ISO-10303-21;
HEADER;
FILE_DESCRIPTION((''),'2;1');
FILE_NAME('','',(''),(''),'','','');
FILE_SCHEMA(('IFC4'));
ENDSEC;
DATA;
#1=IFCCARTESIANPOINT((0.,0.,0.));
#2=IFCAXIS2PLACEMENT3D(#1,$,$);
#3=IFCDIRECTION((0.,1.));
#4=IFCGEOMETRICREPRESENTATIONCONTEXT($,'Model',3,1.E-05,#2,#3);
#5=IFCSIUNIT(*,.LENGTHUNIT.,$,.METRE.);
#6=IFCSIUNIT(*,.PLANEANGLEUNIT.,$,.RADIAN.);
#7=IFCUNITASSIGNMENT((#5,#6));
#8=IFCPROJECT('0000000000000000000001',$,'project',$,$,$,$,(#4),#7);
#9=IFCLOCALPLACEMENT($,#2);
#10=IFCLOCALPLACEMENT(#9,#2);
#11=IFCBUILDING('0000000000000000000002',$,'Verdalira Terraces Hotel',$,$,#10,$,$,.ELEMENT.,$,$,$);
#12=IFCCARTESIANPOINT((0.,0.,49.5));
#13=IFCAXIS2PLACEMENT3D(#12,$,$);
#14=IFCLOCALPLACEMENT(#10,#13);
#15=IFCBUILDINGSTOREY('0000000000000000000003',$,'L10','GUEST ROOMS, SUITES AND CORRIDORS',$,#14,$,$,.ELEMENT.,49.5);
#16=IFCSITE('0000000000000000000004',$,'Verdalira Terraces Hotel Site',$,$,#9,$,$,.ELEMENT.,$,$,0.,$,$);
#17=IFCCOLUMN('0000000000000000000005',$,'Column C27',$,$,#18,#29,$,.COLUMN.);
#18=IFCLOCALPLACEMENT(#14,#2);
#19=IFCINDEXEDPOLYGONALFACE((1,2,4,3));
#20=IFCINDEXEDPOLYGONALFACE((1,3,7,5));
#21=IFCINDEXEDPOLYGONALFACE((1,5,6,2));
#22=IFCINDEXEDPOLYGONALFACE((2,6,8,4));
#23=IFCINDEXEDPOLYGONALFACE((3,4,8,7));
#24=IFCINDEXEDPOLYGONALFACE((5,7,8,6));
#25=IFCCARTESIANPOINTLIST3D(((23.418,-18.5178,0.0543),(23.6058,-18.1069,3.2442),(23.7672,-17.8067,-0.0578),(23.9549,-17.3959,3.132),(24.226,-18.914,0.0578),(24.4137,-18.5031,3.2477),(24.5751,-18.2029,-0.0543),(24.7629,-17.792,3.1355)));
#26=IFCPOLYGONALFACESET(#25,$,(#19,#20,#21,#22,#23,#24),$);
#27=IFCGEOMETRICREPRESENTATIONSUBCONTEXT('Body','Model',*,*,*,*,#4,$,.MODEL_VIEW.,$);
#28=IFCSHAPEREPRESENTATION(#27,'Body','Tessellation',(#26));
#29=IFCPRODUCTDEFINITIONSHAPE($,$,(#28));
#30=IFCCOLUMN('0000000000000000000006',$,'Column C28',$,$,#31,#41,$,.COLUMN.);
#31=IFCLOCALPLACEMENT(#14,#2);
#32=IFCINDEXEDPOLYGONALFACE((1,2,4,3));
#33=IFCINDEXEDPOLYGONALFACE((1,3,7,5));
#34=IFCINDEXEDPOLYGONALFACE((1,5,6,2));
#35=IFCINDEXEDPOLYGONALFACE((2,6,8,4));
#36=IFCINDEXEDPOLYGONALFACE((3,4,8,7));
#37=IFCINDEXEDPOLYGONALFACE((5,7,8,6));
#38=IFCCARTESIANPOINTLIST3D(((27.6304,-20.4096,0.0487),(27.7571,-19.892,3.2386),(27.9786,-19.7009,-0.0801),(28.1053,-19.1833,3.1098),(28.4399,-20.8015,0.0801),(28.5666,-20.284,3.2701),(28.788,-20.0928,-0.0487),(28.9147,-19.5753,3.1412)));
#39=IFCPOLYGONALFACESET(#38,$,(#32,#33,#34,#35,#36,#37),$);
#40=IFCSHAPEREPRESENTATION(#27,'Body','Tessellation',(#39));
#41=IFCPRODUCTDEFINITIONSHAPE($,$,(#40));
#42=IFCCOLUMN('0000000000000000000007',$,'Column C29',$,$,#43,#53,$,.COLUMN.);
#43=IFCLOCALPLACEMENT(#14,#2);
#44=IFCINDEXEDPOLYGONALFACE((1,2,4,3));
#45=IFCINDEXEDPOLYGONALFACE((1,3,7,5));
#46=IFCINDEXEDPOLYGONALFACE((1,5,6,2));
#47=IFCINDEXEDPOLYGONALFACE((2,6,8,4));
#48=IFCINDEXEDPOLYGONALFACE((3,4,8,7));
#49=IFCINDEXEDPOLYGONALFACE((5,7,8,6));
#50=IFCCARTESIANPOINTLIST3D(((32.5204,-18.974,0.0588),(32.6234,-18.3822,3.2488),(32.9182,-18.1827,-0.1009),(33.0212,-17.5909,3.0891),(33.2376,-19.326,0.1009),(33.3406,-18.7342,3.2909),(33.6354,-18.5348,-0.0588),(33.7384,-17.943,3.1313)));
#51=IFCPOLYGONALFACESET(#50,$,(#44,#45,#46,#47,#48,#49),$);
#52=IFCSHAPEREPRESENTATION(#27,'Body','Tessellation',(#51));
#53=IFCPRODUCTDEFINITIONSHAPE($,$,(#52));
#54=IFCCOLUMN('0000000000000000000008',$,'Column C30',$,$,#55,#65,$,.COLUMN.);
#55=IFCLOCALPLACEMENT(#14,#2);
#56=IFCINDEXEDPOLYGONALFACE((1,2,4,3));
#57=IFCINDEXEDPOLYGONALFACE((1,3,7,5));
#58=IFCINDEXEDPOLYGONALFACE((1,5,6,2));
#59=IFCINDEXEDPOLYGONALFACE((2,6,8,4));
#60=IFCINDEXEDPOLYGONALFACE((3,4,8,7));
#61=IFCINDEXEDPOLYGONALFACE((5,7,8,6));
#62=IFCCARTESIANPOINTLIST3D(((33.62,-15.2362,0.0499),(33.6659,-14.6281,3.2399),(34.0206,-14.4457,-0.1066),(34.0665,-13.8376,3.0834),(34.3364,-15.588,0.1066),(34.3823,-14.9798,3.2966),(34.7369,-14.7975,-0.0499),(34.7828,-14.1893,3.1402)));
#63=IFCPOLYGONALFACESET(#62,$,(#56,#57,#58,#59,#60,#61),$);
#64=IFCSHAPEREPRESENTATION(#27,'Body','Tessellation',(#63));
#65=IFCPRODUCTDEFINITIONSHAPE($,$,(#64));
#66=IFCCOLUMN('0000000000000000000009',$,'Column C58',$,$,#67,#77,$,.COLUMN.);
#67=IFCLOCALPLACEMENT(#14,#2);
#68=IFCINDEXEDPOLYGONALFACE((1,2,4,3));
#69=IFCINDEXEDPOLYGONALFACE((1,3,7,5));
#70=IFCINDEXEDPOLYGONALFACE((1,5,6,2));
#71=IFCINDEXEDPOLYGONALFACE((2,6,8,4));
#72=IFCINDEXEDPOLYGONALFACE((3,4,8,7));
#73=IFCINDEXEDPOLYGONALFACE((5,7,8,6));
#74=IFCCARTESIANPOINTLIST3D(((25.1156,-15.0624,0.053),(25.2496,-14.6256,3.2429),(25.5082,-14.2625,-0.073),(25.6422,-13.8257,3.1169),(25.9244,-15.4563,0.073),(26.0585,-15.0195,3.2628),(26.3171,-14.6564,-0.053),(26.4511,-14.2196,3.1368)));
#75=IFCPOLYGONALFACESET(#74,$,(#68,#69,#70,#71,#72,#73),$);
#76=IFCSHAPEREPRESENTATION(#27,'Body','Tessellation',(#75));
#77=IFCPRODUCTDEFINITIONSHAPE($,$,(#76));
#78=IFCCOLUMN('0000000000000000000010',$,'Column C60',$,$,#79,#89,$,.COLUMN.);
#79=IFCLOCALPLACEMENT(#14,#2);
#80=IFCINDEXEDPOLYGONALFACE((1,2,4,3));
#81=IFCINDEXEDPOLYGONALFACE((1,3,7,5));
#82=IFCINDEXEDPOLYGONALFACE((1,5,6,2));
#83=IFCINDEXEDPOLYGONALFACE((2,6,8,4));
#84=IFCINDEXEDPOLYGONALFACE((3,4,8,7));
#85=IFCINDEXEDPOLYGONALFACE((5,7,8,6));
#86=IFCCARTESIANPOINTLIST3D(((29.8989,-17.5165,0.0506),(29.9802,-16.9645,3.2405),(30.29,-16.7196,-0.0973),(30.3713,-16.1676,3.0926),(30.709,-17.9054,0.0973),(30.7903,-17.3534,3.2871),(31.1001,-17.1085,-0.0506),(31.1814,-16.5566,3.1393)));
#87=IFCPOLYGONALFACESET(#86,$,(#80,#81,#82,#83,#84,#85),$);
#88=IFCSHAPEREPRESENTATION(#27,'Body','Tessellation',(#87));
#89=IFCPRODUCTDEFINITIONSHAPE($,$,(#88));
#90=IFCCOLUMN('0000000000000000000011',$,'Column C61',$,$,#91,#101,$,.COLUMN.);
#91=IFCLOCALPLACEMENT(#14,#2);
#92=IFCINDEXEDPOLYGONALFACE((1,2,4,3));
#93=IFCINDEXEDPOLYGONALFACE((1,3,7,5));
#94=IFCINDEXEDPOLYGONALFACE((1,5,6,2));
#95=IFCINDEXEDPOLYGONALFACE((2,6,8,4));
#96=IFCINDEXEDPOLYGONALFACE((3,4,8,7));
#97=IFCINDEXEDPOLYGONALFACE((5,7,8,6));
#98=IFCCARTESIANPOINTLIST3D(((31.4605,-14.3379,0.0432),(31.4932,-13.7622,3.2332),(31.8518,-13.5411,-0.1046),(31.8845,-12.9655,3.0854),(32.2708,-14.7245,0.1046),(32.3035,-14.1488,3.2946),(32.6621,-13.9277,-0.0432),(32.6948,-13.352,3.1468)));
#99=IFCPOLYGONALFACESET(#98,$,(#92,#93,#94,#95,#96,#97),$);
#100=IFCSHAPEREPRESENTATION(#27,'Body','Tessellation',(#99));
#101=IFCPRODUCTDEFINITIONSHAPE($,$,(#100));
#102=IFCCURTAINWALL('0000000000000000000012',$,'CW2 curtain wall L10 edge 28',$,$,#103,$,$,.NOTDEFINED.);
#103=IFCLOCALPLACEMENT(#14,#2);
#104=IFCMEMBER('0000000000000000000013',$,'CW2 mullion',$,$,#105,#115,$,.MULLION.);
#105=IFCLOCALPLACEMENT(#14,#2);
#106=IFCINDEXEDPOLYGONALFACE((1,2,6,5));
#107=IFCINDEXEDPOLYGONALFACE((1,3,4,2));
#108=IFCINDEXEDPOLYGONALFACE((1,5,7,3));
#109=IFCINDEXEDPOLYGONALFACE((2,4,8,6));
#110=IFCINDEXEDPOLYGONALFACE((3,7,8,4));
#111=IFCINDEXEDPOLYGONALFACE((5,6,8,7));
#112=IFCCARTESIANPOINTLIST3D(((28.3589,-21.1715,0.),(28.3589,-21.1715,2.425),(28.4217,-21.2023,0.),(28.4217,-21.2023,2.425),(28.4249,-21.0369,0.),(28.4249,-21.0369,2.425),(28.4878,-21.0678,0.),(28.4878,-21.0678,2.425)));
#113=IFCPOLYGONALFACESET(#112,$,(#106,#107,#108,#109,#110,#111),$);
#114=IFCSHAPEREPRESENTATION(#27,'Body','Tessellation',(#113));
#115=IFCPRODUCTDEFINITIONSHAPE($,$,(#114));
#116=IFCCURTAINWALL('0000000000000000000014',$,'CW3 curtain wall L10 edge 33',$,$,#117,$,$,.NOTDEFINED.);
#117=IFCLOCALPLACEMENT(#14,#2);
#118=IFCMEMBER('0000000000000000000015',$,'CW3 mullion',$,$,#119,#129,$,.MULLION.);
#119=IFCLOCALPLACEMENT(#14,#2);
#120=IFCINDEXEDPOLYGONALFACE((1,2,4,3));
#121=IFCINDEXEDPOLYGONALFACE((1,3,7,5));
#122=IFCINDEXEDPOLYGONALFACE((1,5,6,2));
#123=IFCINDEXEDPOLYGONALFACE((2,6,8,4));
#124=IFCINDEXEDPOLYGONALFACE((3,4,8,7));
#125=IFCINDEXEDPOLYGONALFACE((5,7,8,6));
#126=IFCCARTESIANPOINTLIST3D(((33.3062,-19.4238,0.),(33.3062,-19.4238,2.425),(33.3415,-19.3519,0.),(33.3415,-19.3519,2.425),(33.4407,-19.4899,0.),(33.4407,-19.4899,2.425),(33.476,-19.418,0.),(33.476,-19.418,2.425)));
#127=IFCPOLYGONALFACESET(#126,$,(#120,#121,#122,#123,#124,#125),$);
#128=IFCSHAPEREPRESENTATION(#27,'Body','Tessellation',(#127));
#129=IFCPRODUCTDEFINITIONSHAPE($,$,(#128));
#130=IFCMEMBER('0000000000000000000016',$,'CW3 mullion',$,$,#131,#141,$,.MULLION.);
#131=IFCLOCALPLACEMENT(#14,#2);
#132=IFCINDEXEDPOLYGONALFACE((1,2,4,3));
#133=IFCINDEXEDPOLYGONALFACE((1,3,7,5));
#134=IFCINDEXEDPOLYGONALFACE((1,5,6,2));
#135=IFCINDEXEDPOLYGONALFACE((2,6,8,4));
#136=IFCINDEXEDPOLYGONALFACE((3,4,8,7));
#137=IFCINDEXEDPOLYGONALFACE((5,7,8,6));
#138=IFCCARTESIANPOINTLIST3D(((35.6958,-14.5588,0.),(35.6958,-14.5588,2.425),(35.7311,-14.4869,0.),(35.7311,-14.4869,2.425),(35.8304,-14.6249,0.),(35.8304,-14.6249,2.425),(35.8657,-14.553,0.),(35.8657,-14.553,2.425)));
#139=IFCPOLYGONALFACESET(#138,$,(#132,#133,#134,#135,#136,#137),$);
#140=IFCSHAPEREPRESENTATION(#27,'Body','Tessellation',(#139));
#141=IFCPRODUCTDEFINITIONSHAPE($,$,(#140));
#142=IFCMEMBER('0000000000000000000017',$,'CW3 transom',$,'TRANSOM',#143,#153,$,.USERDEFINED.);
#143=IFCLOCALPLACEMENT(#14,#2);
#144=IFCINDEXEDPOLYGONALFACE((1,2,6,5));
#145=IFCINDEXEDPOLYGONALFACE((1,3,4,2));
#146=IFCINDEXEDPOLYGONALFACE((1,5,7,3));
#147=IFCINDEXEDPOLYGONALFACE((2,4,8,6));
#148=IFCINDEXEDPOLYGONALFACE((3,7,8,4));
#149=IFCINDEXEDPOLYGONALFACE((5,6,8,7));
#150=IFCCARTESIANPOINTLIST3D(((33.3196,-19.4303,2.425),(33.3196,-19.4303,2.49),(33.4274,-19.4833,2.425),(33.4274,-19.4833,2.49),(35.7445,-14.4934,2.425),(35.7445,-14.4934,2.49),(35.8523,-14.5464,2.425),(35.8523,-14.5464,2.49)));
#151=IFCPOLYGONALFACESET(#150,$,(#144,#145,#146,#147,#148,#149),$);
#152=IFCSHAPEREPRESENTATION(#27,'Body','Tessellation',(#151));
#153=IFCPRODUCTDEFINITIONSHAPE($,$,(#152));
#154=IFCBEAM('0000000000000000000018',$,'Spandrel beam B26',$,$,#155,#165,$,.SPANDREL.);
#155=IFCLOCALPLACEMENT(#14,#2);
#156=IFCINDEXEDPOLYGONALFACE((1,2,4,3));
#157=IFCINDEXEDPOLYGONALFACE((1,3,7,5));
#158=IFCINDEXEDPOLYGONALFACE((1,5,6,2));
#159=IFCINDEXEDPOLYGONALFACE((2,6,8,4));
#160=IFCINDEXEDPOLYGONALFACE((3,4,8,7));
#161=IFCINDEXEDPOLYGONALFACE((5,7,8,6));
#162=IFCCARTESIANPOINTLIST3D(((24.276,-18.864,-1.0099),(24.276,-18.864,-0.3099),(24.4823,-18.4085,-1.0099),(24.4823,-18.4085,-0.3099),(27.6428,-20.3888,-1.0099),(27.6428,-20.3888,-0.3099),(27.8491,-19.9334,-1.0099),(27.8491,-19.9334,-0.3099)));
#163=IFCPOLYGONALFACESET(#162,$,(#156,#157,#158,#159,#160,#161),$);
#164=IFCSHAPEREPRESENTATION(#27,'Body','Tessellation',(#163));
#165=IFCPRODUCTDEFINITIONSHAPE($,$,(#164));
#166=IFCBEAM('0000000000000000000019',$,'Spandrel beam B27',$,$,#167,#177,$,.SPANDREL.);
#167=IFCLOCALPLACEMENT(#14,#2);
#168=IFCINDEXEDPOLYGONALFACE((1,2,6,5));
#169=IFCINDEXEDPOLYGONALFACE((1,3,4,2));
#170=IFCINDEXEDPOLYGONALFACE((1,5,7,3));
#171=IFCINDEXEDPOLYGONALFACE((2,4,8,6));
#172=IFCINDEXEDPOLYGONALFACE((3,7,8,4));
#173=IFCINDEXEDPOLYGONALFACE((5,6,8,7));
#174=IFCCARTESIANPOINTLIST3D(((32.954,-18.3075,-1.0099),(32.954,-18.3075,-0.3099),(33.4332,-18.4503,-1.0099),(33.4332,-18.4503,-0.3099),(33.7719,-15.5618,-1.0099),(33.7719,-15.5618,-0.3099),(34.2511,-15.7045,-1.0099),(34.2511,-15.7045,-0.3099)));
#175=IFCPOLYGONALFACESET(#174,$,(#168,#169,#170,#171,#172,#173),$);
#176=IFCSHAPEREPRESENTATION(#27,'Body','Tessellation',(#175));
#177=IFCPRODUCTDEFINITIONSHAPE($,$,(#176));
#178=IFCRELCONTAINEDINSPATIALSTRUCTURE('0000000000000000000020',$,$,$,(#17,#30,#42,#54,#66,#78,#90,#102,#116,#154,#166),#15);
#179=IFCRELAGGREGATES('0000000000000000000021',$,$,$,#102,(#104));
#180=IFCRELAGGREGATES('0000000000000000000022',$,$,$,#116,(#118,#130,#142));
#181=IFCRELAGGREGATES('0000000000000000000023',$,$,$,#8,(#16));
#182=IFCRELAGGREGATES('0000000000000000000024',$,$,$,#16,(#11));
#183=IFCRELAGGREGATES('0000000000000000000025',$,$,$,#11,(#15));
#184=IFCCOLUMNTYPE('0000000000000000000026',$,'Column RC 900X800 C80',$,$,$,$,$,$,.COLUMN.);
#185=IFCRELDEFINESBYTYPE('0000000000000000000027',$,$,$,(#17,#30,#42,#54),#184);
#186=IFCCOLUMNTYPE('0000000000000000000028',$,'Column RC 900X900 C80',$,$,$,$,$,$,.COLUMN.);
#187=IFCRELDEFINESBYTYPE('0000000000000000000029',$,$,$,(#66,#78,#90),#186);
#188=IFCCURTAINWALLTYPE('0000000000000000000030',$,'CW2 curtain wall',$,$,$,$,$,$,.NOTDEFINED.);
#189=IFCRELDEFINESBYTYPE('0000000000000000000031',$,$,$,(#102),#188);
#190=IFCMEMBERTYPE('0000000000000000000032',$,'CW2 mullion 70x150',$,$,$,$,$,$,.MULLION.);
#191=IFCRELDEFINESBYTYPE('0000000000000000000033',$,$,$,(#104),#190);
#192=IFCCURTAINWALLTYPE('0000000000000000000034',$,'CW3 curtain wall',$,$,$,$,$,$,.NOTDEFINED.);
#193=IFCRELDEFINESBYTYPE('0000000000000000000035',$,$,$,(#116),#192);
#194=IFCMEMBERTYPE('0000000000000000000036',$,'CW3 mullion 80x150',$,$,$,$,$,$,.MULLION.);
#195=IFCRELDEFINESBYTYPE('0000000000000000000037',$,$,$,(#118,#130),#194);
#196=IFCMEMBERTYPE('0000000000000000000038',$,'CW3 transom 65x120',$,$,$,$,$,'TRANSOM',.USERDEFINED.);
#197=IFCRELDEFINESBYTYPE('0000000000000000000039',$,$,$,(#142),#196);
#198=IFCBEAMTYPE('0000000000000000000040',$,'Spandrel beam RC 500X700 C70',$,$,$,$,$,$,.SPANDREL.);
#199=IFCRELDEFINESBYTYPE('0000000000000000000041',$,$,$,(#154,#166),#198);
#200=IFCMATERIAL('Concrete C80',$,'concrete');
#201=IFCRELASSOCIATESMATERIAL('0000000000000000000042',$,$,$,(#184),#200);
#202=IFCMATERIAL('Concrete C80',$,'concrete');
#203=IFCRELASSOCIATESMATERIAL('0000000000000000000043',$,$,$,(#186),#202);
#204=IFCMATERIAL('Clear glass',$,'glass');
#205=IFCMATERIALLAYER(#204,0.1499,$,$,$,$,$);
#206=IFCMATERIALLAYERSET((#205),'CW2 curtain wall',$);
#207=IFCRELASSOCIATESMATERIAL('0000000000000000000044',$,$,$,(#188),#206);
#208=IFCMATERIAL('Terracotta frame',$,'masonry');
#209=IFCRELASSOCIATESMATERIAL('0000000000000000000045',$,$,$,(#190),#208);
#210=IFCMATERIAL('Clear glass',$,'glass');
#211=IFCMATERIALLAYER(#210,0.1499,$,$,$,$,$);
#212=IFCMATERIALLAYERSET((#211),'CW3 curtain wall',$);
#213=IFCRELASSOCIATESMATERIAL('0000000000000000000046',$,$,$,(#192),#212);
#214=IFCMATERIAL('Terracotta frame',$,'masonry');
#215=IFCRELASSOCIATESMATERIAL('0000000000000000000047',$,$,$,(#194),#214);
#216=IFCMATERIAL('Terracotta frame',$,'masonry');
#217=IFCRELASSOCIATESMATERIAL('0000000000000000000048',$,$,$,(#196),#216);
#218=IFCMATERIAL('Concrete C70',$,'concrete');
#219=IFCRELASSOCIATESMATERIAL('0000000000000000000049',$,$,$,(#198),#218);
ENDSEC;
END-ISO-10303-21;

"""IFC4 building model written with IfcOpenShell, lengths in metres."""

from ifc_helpers import new_model, si_unit, direction, frame, origin, origin_2d, place, context, subcontext, project, spatial, rectangle, extrude, material, layer, layer_set, material_profile, profile_set, type_object, element, aggregate, save


model = new_model("IFC4")

# Units and contexts
model_context = context("Model", 3, precision=1e-05, world=origin(), true_north=direction((0.0, 1.0)))
body_context = subcontext(model_context, "Body", "Model", "MODEL_VIEW")
ifc_project = project(units=[si_unit("LENGTHUNIT", "METRE"), si_unit("PLANEANGLEUNIT", "RADIAN")], contexts=[model_context])

# Site, building, storey
site_placement = place(None, origin())
site = spatial("IfcSite", under=ifc_project, at=site_placement, Name="Verdalira Terraces Hotel Site", CompositionType="ELEMENT", RefElevation=0.0)
building_placement = place(site_placement, origin())
building = spatial("IfcBuilding", under=site, at=building_placement, Name="Verdalira Terraces Hotel", CompositionType="ELEMENT")
storey_placement = place(building_placement, frame((0.0, 0.0, 49.5)))
storey = spatial("IfcBuildingStorey", under=building, at=storey_placement, Name="L10", Description="GUEST ROOMS, SUITES AND CORRIDORS", CompositionType="ELEMENT", Elevation=49.5)

# Columns
ifc_material_1 = material(Name="Concrete C80", Category="concrete")
ifc_material_profile_1 = material_profile(ifc_material_1, rectangle(XDim=0.8999, YDim=0.8, at=origin_2d()), Name="RC 900X800")
ifc_profile_set_1 = profile_set([ifc_material_profile_1], Name="Concrete C80")
column_type_1 = type_object("IfcColumnType", Name="Column RC 900X800 C80", PredefinedType="COLUMN", material=ifc_profile_set_1)
column_1_placement = place(storey_placement, frame((23.9966, -18.3604, 0.0), z_axis=(0.058274, 0.127535, 0.990121), x_axis=(0.897867, -0.44025, 0.003863)))
element("IfcColumn", 1, at=column_1_placement, inside=storey, type_object=column_type_1, Name="Column C27", PredefinedType="COLUMN", context=body_context, shape_type="SweptSolid", body=[
    extrude(rectangle(XDim=0.8999, YDim=0.8, at=origin_2d()), origin(), (0.0, 0.0, 1.0), 3.2217),
])
column_2_placement = place(storey_placement, frame((28.2092, -20.2512, 0.0), z_axis=(0.039179, 0.160036, 0.986333), x_axis=(0.899495, -0.435533, 0.034937)))
element("IfcColumn", 2, at=column_2_placement, inside=storey, type_object=column_type_1, Name="Column C28", PredefinedType="COLUMN", context=body_context, shape_type="SweptSolid", body=[
    extrude(rectangle(XDim=0.8999, YDim=0.8, at=origin_2d()), origin(), (0.0, 0.0, 1.0), 3.2341),
])
column_3_placement = place(storey_placement, frame((33.0779, -18.7544, 0.0), z_axis=(0.03174, 0.182315, 0.982728), x_axis=(0.442, 0.879298, -0.177403)))
element("IfcColumn", 3, at=column_3_placement, inside=storey, type_object=column_type_1, Name="Column C29", PredefinedType="COLUMN", context=body_context, shape_type="SweptSolid", body=[
    extrude(rectangle(XDim=0.8999, YDim=0.8, at=origin_2d()), origin(), (0.0, 0.0, 1.0), 3.2461),
])
column_4_placement = place(storey_placement, frame((34.1785, -15.0168, 0.0), z_axis=(0.014133, 0.187256, 0.98221), x_axis=(0.445094, 0.878441, -0.173877)))
element("IfcColumn", 4, at=column_4_placement, inside=storey, type_object=column_type_1, Name="Column C30", PredefinedType="COLUMN", context=body_context, shape_type="SweptSolid", body=[
    extrude(rectangle(XDim=0.8999, YDim=0.8, at=origin_2d()), origin(), (0.0, 0.0, 1.0), 3.2478),
])
ifc_material_2 = material(Name="Concrete C80", Category="concrete")
ifc_material_profile_2 = material_profile(ifc_material_2, rectangle(XDim=0.8999, YDim=0.8999, at=origin_2d()), Name="RC 900X900")
ifc_profile_set_2 = profile_set([ifc_material_profile_2], Name="Concrete C80")
column_type_2 = type_object("IfcColumnType", Name="Column RC 900X900 C80", PredefinedType="COLUMN", material=ifc_profile_set_2)
column_5_placement = place(storey_placement, frame((25.7163, -14.8594, 0.0), z_axis=(0.041593, 0.135537, 0.989899), x_axis=(0.89884, -0.437717, 0.022165)))
element("IfcColumn", 5, at=column_5_placement, inside=storey, type_object=column_type_2, Name="Column C58", PredefinedType="COLUMN", context=body_context, shape_type="SweptSolid", body=[
    extrude(rectangle(XDim=0.8999, YDim=0.8999, at=origin_2d()), origin(), (0.0, 0.0, 1.0), 3.2224),
])
column_6_placement = place(storey_placement, frame((30.4995, -17.3125, 0.0), z_axis=(0.025105, 0.170457, 0.985045), x_axis=(0.900279, -0.432214, 0.051848)))
element("IfcColumn", 6, at=column_6_placement, inside=storey, type_object=column_type_2, Name="Column C60", PredefinedType="COLUMN", context=body_context, shape_type="SweptSolid", body=[
    extrude(rectangle(XDim=0.8999, YDim=0.8999, at=origin_2d()), origin(), (0.0, 0.0, 1.0), 3.2383),
])
column_7_placement = place(storey_placement, frame((32.0613, -14.1328, 0.0), z_axis=(0.010092, 0.17759, 0.984053), x_axis=(0.900458, -0.429549, 0.068285)))
element("IfcColumn", 7, at=column_7_placement, inside=storey, type_object=column_type_2, Name="Column C61", PredefinedType="COLUMN", context=body_context, shape_type="SweptSolid", body=[
    extrude(rectangle(XDim=0.8999, YDim=0.8999, at=origin_2d()), origin(), (0.0, 0.0, 1.0), 3.2417),
])

# Curtain wall, member
ifc_material_3 = material(Name="Clear glass", Category="glass")
ifc_layer_1 = layer(ifc_material_3, 0.1499)
ifc_layer_set_1 = layer_set([ifc_layer_1], Name="CW2 curtain wall")
curtain_wall_type_1 = type_object("IfcCurtainWallType", Name="CW2 curtain wall", PredefinedType="NOTDEFINED", material=ifc_layer_set_1)
curtain_wall_1_placement = place(storey_placement, origin())
curtain_wall_1 = element("IfcCurtainWall", 8, at=curtain_wall_1_placement, inside=storey, type_object=curtain_wall_type_1, Name="CW2 curtain wall L10 edge 28", PredefinedType="NOTDEFINED")
ifc_material_4 = material(Name="Terracotta frame", Category="masonry")
ifc_material_profile_3 = material_profile(ifc_material_4, rectangle(XDim=0.0701, YDim=0.1499, at=origin_2d()), Name="MU 70x150")
ifc_profile_set_3 = profile_set([ifc_material_profile_3], Name="Terracotta frame")
member_type_1 = type_object("IfcMemberType", Name="CW2 mullion 70x150", PredefinedType="MULLION", material=ifc_profile_set_3)
member_1_placement = place(storey_placement, frame((28.4233, -21.1196, 0.0), z_axis=(0.0, 0.0, 1.0), x_axis=(0.897566, -0.440879, 0.0)))
member_1 = element("IfcMember", 9, at=member_1_placement, type_object=member_type_1, Name="CW2 mullion", PredefinedType="MULLION", context=body_context, shape_type="SweptSolid", body=[
    extrude(rectangle(XDim=0.0701, YDim=0.1499, at=origin_2d()), origin(), (0.0, 0.0, 1.0), 2.425),
])
aggregate(curtain_wall_1, [member_1])

# Curtain wall, members
ifc_material_5 = material(Name="Clear glass", Category="glass")
ifc_layer_2 = layer(ifc_material_5, 0.1499)
ifc_layer_set_2 = layer_set([ifc_layer_2], Name="CW3 curtain wall")
curtain_wall_type_2 = type_object("IfcCurtainWallType", Name="CW3 curtain wall", PredefinedType="NOTDEFINED", material=ifc_layer_set_2)
curtain_wall_2_placement = place(storey_placement, origin())
curtain_wall_2 = element("IfcCurtainWall", 10, at=curtain_wall_2_placement, inside=storey, type_object=curtain_wall_type_2, Name="CW3 curtain wall L10 edge 33", PredefinedType="NOTDEFINED")
ifc_material_6 = material(Name="Terracotta frame", Category="masonry")
ifc_material_profile_4 = material_profile(ifc_material_6, rectangle(XDim=0.0801, YDim=0.1499, at=origin_2d()), Name="MU 80x150")
ifc_profile_set_4 = profile_set([ifc_material_profile_4], Name="Terracotta frame")
member_type_2 = type_object("IfcMemberType", Name="CW3 mullion 80x150", PredefinedType="MULLION", material=ifc_profile_set_4)
member_2_placement = place(storey_placement, frame((33.3911, -19.4209, 0.0), z_axis=(0.0, 0.0, 1.0), x_axis=(0.440879, 0.897566, 0.0)))
member_2 = element("IfcMember", 11, at=member_2_placement, type_object=member_type_2, Name="CW3 mullion", PredefinedType="MULLION", context=body_context, shape_type="SweptSolid", body=[
    extrude(rectangle(XDim=0.0801, YDim=0.1499, at=origin_2d()), origin(), (0.0, 0.0, 1.0), 2.425),
])
member_3_placement = place(storey_placement, frame((35.7808, -14.5559, 0.0), z_axis=(0.0, 0.0, 1.0), x_axis=(0.440879, 0.897566, 0.0)))
member_3 = element("IfcMember", 12, at=member_3_placement, type_object=member_type_2, Name="CW3 mullion", PredefinedType="MULLION", context=body_context, shape_type="SweptSolid", body=[
    extrude(rectangle(XDim=0.0801, YDim=0.1499, at=origin_2d()), origin(), (0.0, 0.0, 1.0), 2.425),
])
ifc_material_7 = material(Name="Terracotta frame", Category="masonry")
ifc_material_profile_5 = material_profile(ifc_material_7, rectangle(XDim=0.1201, YDim=0.0649, at=origin_2d()), Name="TR 65x120")
ifc_profile_set_5 = profile_set([ifc_material_profile_5], Name="Terracotta frame")
member_type_3 = type_object("IfcMemberType", Name="CW3 transom 65x120", ElementType="TRANSOM", PredefinedType="USERDEFINED", material=ifc_profile_set_5)
member_4_placement = place(storey_placement, frame((33.3735, -19.4568, 2.4575), z_axis=(0.440864, 0.897574, 0.0), x_axis=(-0.897574, 0.440864, 0.0)))
member_4 = element("IfcMember", 13, at=member_4_placement, type_object=member_type_3, Name="CW3 transom", ObjectType="TRANSOM", PredefinedType="USERDEFINED", context=body_context, shape_type="SweptSolid", body=[
    extrude(rectangle(XDim=0.1201, YDim=0.0649, at=origin_2d()), origin(), (0.0, 0.0, 1.0), 5.5002),
])

# Beams
ifc_material_8 = material(Name="Concrete C70", Category="concrete")
ifc_material_profile_6 = material_profile(ifc_material_8, rectangle(XDim=0.5, YDim=0.7, at=origin_2d()), Name="RC 500X700")
ifc_profile_set_6 = profile_set([ifc_material_profile_6], Name="Concrete C70")
beam_type = type_object("IfcBeamType", Name="Spandrel beam RC 500X700 C70", PredefinedType="SPANDREL", material=ifc_profile_set_6)
beam_1_placement = place(storey_placement, frame((24.3791, -18.6362, -0.6599), z_axis=(0.910929, -0.412563, 0.0), x_axis=(0.412563, 0.910929, 0.0)))
element("IfcBeam", 14, at=beam_1_placement, inside=storey, type_object=beam_type, Name="Spandrel beam B26", PredefinedType="SPANDREL", context=body_context, shape_type="SweptSolid", body=[
    extrude(rectangle(XDim=0.5, YDim=0.7, at=origin_2d()), origin(), (0.0, 0.0, 1.0), 3.696),
])
beam_2_placement = place(storey_placement, frame((33.1936, -18.3789, -0.6599), z_axis=(0.285463, 0.95839, 0.0), x_axis=(-0.95839, 0.285463, 0.0)))
element("IfcBeam", 15, at=beam_2_placement, inside=storey, type_object=beam_type, Name="Spandrel beam B27", PredefinedType="SPANDREL", context=body_context, shape_type="SweptSolid", body=[
    extrude(rectangle(XDim=0.5, YDim=0.7, at=origin_2d()), origin(), (0.0, 0.0, 1.0), 2.865),
])

aggregate(curtain_wall_2, [member_2, member_3, member_4])

save(model, "model.ifc")
